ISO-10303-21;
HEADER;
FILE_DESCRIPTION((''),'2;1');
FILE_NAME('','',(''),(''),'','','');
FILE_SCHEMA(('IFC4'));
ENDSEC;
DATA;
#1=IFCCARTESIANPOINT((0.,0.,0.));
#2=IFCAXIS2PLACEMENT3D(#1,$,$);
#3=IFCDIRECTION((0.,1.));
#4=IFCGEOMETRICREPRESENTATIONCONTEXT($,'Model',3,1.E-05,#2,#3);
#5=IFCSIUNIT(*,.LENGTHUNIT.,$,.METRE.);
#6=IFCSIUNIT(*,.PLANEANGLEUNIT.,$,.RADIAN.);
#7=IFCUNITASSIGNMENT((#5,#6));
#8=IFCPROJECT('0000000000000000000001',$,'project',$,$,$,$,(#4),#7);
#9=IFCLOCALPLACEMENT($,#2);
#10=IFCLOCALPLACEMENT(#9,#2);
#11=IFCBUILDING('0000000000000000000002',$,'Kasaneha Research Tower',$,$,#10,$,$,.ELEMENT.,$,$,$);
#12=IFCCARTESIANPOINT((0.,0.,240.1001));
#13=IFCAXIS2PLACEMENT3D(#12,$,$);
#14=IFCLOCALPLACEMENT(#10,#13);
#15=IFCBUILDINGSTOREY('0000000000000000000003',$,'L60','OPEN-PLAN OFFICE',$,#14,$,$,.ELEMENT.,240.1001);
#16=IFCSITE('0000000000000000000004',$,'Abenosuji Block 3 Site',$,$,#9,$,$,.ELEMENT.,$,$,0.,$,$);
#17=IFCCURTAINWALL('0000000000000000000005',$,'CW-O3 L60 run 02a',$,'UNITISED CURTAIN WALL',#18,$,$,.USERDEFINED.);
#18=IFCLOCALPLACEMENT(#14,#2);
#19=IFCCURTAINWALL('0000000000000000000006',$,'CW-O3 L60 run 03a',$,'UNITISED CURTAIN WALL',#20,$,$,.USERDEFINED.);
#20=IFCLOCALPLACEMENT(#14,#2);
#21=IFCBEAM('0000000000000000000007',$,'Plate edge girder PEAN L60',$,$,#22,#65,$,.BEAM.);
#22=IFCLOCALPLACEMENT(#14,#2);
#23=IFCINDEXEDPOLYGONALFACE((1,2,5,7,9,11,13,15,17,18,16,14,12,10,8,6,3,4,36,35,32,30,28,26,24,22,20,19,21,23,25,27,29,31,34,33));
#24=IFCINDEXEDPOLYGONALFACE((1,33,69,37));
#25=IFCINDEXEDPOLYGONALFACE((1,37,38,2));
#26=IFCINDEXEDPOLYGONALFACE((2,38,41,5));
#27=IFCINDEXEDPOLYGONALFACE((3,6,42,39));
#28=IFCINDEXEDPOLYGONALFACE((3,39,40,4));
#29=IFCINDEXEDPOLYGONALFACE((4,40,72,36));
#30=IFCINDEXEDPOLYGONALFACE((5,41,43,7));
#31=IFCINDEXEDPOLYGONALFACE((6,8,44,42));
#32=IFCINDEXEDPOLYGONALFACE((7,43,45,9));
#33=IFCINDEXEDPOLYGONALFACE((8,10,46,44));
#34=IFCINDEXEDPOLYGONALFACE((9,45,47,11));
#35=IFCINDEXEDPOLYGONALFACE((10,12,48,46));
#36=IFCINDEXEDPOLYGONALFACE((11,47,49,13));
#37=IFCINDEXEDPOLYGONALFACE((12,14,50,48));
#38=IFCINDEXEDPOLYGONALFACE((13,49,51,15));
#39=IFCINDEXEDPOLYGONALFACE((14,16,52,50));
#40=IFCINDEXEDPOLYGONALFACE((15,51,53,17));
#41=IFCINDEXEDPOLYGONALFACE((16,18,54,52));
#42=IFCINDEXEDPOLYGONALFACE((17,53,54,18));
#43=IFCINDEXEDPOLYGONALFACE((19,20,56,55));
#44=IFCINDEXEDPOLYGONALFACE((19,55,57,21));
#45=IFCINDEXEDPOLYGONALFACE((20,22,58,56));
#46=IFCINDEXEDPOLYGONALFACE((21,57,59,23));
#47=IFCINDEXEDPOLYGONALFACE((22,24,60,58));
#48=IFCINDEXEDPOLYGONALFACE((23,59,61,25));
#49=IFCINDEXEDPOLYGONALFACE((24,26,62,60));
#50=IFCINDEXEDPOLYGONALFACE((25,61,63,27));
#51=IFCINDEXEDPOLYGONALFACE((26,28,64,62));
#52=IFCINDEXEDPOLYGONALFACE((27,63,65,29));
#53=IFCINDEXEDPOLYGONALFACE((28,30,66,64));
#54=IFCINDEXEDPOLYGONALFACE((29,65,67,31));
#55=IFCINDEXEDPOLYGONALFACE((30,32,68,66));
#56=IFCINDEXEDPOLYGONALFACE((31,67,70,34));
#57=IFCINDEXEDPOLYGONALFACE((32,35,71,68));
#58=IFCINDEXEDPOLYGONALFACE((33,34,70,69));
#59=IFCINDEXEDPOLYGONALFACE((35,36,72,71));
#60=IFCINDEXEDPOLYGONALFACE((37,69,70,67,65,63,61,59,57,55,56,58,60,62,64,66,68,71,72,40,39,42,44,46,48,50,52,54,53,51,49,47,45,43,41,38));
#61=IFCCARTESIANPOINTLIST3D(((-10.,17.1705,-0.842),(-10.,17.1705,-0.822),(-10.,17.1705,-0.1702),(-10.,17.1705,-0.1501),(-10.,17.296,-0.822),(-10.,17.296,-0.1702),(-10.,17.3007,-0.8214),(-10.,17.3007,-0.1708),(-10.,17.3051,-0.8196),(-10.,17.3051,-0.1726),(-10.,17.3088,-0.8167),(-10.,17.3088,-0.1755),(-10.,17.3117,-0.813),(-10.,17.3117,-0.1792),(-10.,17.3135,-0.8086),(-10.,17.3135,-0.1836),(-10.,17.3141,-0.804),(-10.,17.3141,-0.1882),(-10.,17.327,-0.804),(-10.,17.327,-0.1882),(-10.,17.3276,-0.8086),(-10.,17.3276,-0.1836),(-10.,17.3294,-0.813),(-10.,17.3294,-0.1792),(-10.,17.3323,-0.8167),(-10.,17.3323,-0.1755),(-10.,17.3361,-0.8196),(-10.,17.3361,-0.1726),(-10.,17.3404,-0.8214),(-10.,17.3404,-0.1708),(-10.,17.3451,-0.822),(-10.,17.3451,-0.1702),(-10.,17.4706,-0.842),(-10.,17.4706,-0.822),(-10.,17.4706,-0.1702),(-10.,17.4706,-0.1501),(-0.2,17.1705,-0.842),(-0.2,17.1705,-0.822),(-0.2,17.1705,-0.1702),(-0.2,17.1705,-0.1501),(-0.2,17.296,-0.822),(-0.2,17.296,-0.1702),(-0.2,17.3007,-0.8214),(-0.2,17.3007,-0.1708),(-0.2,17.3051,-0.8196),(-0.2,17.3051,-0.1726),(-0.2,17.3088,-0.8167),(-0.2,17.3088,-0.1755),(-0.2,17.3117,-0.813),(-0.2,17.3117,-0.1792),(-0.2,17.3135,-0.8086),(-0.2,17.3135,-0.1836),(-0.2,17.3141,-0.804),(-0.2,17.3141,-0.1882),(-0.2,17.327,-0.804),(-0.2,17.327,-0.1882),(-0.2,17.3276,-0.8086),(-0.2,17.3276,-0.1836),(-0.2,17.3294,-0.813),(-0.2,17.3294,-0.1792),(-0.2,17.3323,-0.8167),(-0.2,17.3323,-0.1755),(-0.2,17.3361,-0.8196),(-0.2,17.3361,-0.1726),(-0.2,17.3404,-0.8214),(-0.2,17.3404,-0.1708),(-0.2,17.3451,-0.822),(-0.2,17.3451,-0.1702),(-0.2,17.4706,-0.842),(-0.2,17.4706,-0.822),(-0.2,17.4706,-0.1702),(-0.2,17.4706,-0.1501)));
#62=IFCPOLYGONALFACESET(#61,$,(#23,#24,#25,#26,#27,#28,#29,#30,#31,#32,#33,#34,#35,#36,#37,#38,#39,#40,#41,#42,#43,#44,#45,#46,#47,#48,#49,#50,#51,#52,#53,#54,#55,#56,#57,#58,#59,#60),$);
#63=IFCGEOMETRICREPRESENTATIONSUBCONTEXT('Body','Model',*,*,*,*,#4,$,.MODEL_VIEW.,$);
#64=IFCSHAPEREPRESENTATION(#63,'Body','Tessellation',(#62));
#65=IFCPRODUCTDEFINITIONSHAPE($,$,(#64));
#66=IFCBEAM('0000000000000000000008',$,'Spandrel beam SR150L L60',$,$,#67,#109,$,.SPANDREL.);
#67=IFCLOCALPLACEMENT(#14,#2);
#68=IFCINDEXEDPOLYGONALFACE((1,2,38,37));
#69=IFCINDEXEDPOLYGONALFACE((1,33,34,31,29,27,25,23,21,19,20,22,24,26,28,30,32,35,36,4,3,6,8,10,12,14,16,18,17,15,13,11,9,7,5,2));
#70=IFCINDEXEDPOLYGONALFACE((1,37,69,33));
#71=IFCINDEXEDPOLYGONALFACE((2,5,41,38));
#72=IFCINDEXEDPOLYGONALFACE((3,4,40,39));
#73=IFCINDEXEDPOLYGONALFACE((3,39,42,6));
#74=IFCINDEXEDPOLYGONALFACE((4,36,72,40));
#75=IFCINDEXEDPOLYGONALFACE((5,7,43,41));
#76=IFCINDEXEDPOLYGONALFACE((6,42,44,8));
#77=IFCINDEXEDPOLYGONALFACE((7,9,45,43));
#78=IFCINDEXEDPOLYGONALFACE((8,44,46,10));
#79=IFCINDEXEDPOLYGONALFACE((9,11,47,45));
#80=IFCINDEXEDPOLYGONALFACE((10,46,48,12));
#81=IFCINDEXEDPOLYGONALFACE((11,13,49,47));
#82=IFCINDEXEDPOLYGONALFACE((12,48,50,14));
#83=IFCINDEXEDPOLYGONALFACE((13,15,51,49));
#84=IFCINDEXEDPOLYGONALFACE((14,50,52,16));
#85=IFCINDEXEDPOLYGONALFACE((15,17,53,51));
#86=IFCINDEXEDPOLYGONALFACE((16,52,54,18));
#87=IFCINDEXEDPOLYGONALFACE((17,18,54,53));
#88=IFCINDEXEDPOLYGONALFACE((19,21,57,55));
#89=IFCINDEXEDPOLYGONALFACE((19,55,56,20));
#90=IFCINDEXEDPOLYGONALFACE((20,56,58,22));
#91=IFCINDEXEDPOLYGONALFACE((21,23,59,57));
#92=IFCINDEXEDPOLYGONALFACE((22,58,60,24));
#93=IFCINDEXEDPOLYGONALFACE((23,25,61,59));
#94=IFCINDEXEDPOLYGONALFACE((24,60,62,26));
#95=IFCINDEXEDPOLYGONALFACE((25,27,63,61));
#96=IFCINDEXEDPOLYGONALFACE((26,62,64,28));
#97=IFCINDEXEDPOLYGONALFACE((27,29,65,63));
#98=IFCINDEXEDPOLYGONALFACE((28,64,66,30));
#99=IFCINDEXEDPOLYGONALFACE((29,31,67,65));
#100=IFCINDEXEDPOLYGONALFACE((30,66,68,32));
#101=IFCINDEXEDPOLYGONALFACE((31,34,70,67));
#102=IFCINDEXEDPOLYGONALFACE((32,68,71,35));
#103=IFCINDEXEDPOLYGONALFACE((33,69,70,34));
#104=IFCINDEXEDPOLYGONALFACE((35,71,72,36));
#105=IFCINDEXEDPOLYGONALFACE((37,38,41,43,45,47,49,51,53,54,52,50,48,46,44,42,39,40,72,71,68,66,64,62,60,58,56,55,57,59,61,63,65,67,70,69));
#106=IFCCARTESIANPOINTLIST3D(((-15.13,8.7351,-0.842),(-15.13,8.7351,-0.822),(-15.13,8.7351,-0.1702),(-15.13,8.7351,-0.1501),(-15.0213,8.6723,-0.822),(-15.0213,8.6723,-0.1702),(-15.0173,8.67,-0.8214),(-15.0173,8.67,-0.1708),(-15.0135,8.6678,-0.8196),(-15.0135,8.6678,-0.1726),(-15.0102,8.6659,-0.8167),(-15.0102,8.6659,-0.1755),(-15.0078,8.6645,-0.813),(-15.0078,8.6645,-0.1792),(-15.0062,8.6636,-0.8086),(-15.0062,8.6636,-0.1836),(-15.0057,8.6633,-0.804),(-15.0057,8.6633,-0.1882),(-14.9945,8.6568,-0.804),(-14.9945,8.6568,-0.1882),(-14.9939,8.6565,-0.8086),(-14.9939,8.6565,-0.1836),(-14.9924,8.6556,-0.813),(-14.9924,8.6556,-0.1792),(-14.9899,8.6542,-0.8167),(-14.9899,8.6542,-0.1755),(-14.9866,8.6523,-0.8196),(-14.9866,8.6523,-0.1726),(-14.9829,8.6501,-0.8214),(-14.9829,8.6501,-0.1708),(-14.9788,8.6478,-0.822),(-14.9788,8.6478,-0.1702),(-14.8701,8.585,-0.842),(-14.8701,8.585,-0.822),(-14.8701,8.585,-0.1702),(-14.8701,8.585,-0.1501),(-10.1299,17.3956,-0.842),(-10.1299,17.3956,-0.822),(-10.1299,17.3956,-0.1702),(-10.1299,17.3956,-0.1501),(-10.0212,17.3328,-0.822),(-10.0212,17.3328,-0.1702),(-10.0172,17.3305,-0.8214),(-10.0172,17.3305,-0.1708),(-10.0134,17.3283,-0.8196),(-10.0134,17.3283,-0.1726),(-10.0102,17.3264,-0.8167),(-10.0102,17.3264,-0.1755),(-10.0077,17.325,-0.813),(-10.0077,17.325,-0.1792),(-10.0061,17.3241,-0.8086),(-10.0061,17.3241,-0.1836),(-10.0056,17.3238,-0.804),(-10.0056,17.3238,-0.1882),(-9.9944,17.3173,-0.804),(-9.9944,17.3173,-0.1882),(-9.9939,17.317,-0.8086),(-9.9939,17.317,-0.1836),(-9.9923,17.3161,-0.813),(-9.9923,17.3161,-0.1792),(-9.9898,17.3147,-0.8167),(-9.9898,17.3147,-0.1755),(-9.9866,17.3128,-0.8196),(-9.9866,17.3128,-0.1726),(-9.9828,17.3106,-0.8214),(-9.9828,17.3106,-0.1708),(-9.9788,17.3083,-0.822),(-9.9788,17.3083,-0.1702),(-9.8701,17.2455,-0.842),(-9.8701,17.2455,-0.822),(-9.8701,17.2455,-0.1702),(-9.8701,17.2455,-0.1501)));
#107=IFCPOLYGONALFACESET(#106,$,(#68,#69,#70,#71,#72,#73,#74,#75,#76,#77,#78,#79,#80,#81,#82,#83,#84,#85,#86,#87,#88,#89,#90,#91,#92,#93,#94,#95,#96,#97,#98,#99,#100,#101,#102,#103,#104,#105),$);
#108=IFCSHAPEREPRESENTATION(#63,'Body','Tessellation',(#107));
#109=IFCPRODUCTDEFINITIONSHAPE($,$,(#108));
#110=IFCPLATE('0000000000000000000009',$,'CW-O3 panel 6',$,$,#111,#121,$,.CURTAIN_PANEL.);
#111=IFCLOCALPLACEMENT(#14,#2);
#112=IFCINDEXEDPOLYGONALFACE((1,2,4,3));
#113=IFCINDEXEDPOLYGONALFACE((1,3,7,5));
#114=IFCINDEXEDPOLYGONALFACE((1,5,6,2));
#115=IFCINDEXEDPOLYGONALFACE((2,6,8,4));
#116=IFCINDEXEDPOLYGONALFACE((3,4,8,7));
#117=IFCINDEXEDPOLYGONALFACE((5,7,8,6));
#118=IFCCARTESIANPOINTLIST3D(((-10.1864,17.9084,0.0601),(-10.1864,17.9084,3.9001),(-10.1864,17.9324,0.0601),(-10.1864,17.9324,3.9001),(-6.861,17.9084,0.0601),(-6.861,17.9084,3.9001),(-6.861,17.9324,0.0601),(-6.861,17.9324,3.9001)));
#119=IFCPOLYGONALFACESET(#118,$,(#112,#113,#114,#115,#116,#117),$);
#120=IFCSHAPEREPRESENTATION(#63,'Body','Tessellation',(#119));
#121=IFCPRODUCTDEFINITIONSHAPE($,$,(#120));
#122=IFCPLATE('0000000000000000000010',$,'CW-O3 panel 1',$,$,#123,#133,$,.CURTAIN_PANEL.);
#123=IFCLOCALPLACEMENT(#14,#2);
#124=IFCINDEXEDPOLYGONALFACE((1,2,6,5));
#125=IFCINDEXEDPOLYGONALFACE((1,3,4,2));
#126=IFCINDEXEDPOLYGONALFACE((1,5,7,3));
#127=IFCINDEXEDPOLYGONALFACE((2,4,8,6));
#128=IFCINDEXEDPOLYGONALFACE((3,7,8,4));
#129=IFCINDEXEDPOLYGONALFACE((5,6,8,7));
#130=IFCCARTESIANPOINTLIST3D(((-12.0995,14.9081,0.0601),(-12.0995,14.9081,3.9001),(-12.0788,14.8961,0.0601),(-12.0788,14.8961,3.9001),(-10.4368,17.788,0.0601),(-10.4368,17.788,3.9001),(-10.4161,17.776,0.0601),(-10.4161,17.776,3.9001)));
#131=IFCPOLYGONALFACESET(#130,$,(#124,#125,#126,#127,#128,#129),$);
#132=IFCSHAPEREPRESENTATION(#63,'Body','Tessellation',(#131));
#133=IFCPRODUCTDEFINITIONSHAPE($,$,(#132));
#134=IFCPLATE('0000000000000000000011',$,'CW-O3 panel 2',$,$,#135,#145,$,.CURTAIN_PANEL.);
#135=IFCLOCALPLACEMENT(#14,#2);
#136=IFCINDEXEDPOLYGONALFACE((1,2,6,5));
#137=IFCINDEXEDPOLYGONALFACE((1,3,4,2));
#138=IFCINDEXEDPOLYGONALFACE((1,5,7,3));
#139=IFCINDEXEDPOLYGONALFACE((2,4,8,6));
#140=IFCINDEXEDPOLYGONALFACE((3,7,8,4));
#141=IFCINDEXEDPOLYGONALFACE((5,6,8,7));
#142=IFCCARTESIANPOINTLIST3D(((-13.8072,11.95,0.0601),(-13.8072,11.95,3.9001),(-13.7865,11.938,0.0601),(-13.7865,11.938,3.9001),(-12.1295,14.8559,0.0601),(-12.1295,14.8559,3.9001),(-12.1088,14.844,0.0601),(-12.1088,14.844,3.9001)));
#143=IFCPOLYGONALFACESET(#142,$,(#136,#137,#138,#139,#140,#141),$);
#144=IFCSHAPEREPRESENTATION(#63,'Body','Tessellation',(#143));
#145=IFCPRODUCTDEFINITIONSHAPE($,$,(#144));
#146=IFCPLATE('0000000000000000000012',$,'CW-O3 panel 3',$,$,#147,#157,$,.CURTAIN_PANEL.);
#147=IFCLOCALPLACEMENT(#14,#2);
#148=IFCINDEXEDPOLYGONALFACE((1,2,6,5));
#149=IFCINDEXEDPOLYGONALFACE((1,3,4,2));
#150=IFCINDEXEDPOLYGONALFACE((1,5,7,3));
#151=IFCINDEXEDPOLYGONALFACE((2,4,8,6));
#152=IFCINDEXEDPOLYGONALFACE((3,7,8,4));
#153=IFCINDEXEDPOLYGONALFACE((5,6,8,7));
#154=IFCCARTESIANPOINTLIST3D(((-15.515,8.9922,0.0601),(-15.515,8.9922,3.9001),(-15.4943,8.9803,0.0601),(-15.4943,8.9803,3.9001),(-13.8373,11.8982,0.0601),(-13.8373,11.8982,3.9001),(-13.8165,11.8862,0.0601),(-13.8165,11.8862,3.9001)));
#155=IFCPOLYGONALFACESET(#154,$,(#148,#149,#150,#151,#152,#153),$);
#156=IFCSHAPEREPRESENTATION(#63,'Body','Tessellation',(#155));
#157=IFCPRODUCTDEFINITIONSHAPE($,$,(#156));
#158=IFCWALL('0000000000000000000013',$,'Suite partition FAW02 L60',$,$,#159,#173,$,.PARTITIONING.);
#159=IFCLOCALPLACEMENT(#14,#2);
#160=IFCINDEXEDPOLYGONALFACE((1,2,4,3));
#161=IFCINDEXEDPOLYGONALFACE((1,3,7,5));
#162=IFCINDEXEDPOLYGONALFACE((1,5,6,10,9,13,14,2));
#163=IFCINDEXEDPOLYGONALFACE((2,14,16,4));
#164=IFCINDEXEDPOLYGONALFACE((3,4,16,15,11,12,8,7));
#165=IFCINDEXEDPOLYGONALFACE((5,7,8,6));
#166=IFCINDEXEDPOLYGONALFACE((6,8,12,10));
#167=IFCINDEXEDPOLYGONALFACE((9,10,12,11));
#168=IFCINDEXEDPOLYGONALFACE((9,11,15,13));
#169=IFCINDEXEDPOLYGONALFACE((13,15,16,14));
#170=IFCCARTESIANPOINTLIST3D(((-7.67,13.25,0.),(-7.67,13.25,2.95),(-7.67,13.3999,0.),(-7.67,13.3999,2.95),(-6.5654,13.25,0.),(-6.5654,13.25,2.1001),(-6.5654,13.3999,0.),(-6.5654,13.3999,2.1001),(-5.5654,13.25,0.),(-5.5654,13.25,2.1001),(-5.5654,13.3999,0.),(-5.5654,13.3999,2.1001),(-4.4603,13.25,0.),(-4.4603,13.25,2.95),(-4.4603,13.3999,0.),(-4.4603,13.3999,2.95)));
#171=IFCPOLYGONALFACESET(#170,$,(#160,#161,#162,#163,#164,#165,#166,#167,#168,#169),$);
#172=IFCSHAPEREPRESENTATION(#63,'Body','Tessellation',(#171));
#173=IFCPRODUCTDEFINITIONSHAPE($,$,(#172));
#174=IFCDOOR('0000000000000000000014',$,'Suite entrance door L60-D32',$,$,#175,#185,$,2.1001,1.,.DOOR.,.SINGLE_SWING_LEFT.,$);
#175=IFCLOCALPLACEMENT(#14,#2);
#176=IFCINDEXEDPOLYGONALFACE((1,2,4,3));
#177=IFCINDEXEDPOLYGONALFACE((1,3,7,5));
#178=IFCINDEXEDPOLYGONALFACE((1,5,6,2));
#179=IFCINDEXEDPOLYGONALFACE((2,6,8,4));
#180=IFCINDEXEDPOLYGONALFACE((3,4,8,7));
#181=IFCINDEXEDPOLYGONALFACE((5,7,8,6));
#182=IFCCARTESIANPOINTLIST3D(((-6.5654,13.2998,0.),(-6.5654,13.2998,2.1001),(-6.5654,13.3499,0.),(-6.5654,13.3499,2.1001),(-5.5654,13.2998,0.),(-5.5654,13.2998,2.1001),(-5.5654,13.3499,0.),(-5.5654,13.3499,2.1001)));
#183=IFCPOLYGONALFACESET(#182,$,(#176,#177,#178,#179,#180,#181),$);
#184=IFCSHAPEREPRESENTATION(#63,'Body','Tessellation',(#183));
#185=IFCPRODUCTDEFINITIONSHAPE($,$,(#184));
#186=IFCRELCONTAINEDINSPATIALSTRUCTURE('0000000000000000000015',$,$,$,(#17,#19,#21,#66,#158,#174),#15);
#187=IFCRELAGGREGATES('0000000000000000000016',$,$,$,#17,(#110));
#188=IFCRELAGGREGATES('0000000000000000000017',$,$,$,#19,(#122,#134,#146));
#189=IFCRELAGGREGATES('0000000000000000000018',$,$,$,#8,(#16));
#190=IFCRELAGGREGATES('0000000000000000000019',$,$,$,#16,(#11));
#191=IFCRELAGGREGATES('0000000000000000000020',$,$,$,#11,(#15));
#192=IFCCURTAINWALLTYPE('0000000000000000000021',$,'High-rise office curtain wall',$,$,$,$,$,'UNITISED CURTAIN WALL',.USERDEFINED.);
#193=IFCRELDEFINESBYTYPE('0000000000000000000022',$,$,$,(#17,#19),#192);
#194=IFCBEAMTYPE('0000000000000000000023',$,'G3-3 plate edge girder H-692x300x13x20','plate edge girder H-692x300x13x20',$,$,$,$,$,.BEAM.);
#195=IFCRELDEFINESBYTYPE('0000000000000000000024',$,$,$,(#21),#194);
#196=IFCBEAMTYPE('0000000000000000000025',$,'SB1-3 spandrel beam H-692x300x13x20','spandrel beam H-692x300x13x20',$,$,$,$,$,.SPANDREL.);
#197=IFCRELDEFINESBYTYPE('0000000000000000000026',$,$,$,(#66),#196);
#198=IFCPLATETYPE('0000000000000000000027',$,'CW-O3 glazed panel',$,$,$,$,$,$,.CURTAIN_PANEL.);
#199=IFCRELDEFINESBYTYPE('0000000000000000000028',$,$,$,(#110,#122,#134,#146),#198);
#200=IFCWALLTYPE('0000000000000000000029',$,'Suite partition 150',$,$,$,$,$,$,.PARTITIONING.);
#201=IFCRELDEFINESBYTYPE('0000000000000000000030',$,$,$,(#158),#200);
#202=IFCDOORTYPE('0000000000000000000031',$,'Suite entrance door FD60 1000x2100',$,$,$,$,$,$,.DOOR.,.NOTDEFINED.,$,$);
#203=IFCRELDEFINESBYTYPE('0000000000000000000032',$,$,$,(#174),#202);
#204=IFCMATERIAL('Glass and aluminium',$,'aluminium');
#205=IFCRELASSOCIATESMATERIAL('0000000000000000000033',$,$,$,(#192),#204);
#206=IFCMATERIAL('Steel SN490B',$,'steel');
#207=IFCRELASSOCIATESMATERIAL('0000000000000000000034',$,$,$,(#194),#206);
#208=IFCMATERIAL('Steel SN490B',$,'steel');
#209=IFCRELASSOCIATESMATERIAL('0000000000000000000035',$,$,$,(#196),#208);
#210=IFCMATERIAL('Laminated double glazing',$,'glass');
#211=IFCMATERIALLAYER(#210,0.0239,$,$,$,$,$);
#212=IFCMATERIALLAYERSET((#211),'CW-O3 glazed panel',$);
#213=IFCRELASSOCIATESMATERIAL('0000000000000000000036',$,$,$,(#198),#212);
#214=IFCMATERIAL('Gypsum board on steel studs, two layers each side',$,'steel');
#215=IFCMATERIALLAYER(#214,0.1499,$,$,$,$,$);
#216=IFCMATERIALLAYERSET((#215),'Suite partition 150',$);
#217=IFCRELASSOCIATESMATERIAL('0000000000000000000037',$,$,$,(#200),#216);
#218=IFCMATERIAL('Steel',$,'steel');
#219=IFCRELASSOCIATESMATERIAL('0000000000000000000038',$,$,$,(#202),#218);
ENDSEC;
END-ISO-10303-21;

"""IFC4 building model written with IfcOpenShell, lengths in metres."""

from ifc_helpers import new_model, si_unit, direction, frame, frame_2d, origin, origin_2d, place, context, subcontext, project, spatial, rectangle, i_section, extrude, material, layer, layer_set, material_profile, profile_set, type_object, element, fill, aggregate, save


model = new_model("IFC4")

# Units and contexts
model_context = context("Model", 3, precision=1e-05, world=origin(), true_north=direction((0.0, 1.0)))
body_context = subcontext(model_context, "Body", "Model", "MODEL_VIEW")
ifc_project = project(units=[si_unit("LENGTHUNIT", "METRE"), si_unit("PLANEANGLEUNIT", "RADIAN")], contexts=[model_context])

# Site, building, storey
site_placement = place(None, origin())
site = spatial("IfcSite", under=ifc_project, at=site_placement, Name="Abenosuji Block 3 Site", CompositionType="ELEMENT", RefElevation=0.0)
building_placement = place(site_placement, origin())
building = spatial("IfcBuilding", under=site, at=building_placement, Name="Kasaneha Research Tower", CompositionType="ELEMENT")
storey_placement = place(building_placement, frame((0.0, 0.0, 240.1001)))
storey = spatial("IfcBuildingStorey", under=building, at=storey_placement, Name="L60", Description="OPEN-PLAN OFFICE", CompositionType="ELEMENT", Elevation=240.1001)

# Curtain walls
ifc_material_1 = material(Name="Glass and aluminium", Category="aluminium")
curtain_wall_type = type_object("IfcCurtainWallType", Name="High-rise office curtain wall", ElementType="UNITISED CURTAIN WALL", PredefinedType="USERDEFINED", material=ifc_material_1)
curtain_wall_1_placement = place(storey_placement, origin())
curtain_wall_1 = element("IfcCurtainWall", 1, at=curtain_wall_1_placement, inside=storey, type_object=curtain_wall_type, Name="CW-O3 L60 run 02a", ObjectType="UNITISED CURTAIN WALL", PredefinedType="USERDEFINED")
curtain_wall_2_placement = place(storey_placement, origin())
curtain_wall_2 = element("IfcCurtainWall", 2, at=curtain_wall_2_placement, inside=storey, type_object=curtain_wall_type, Name="CW-O3 L60 run 03a", ObjectType="UNITISED CURTAIN WALL", PredefinedType="USERDEFINED")

# Beams
ifc_material_2 = material(Name="Steel SN490B", Category="steel")
ifc_material_profile_1 = material_profile(ifc_material_2, i_section(OverallWidth=0.3, OverallDepth=0.6919, WebThickness=0.0129, FlangeThickness=0.02, FilletRadius=0.0181, at=origin_2d()), Name="H-692x300x13x20")
ifc_profile_set_1 = profile_set([ifc_material_profile_1], Name="Steel SN490B")
beam_type_1 = type_object("IfcBeamType", Name="G3-3 plate edge girder H-692x300x13x20", Description="plate edge girder H-692x300x13x20", PredefinedType="BEAM", material=ifc_profile_set_1)
beam_1_placement = place(storey_placement, frame((-10.0, 17.3206, -0.4961), z_axis=(1.0, 0.0, 0.0), x_axis=(0.0, 1.0, 0.0)))
element("IfcBeam", 3, at=beam_1_placement, inside=storey, type_object=beam_type_1, Name="Plate edge girder PEAN L60", PredefinedType="BEAM", context=body_context, shape_type="SweptSolid", body=[
    extrude(i_section(OverallWidth=0.3, OverallDepth=0.6919, WebThickness=0.0129, FlangeThickness=0.02, FilletRadius=0.0181, at=origin_2d()), origin(), (0.0, 0.0, 1.0), 9.8),
])
ifc_material_3 = material(Name="Steel SN490B", Category="steel")
ifc_material_profile_2 = material_profile(ifc_material_3, i_section(OverallWidth=0.3, OverallDepth=0.6919, WebThickness=0.0129, FlangeThickness=0.02, FilletRadius=0.0181, at=origin_2d()), Name="H-692x300x13x20")
ifc_profile_set_2 = profile_set([ifc_material_profile_2], Name="Steel SN490B")
beam_type_2 = type_object("IfcBeamType", Name="SB1-3 spandrel beam H-692x300x13x20", Description="spandrel beam H-692x300x13x20", PredefinedType="SPANDREL", material=ifc_profile_set_2)
beam_2_placement = place(storey_placement, frame((-10.0, 17.3206, -0.4961), z_axis=(-0.499994, -0.866029, 0.0), x_axis=(0.866029, -0.499994, 0.0)))
element("IfcBeam", 4, at=beam_2_placement, inside=storey, type_object=beam_type_2, Name="Spandrel beam SR150L L60", PredefinedType="SPANDREL", context=body_context, shape_type="SweptSolid", body=[
    extrude(i_section(OverallWidth=0.3, OverallDepth=0.6919, WebThickness=0.0129, FlangeThickness=0.02, FilletRadius=0.0181, at=origin_2d()), origin(), (0.0, 0.0, 1.0), 10.0002),
])

# Plates
ifc_material_4 = material(Name="Laminated double glazing", Category="glass")
ifc_layer_1 = layer(ifc_material_4, 0.0239)
ifc_layer_set_1 = layer_set([ifc_layer_1], Name="CW-O3 glazed panel")
plate_type = type_object("IfcPlateType", Name="CW-O3 glazed panel", PredefinedType="CURTAIN_PANEL", material=ifc_layer_set_1)
plate_1_placement = place(storey_placement, frame((-8.5237, 17.9204, 0.0601), z_axis=(0.0, 0.0, 1.0), x_axis=(-1.0, 0.0, 0.0)))
plate_1 = element("IfcPlate", 5, at=plate_1_placement, type_object=plate_type, Name="CW-O3 panel 6", PredefinedType="CURTAIN_PANEL", context=body_context, shape_type="SweptSolid", body=[
    extrude(rectangle(XDim=3.3254, YDim=0.0239, at=origin_2d()), origin(), (0.0, 0.0, 1.0), 3.8401),
])
aggregate(curtain_wall_1, [plate_1])
plate_2_placement = place(storey_placement, frame((-11.2578, 16.342, 0.0601), z_axis=(0.0, 0.0, 1.0), x_axis=(-0.5, -0.866025, 0.0)))
plate_2 = element("IfcPlate", 6, at=plate_2_placement, type_object=plate_type, Name="CW-O3 panel 1", PredefinedType="CURTAIN_PANEL", context=body_context, shape_type="SweptSolid", body=[
    extrude(rectangle(XDim=3.3254, YDim=0.0239, at=origin_2d()), origin(), (0.0, 0.0, 1.0), 3.8401),
])
plate_3_placement = place(storey_placement, frame((-12.958, 13.397, 0.0601), z_axis=(0.0, 0.0, 1.0), x_axis=(-0.5, -0.866025, 0.0)))
plate_3 = element("IfcPlate", 7, at=plate_3_placement, type_object=plate_type, Name="CW-O3 panel 2", PredefinedType="CURTAIN_PANEL", context=body_context, shape_type="SweptSolid", body=[
    extrude(rectangle(XDim=3.3555, YDim=0.0239, at=origin_2d()), origin(), (0.0, 0.0, 1.0), 3.8401),
])
plate_4_placement = place(storey_placement, frame((-14.6658, 10.4392, 0.0601), z_axis=(0.0, 0.0, 1.0), x_axis=(-0.5, -0.866025, 0.0)))
plate_4 = element("IfcPlate", 8, at=plate_4_placement, type_object=plate_type, Name="CW-O3 panel 3", PredefinedType="CURTAIN_PANEL", context=body_context, shape_type="SweptSolid", body=[
    extrude(rectangle(XDim=3.3555, YDim=0.0239, at=origin_2d()), origin(), (0.0, 0.0, 1.0), 3.8401),
])
aggregate(curtain_wall_2, [plate_2, plate_3, plate_4])

# Wall, opening, door
ifc_material_5 = material(Name="Gypsum board on steel studs, two layers each side", Category="steel")
ifc_layer_2 = layer(ifc_material_5, 0.1499)
ifc_layer_set_2 = layer_set([ifc_layer_2], Name="Suite partition 150")
wall_type = type_object("IfcWallType", Name="Suite partition 150", PredefinedType="PARTITIONING", material=ifc_layer_set_2)
wall_placement = place(storey_placement, frame((-7.6702, 13.325, 0.0), z_axis=(0.0, 0.0, 1.0), x_axis=(1.0, 0.0, 0.0)))
wall = element("IfcWall", 9, at=wall_placement, inside=storey, type_object=wall_type, Name="Suite partition FAW02 L60", PredefinedType="PARTITIONING", context=body_context, shape_type="SweptSolid", body=[
    extrude(rectangle(XDim=3.2097, YDim=0.1499, at=frame_2d((1.605, 0.0))), origin(), (0.0, 0.0, 1.0), 2.95),
])
opening_placement = place(wall_placement, frame((1.1047, 0.0, 0.0)))
opening = element("IfcOpeningElement", 10, at=opening_placement, cuts=wall, PredefinedType="OPENING", context=body_context, shape_type="SweptSolid", body=[
    extrude(rectangle(XDim=1.0, YDim=2.1001, at=frame_2d((0.5, 1.05))), frame((0.0, 0.085, 0.0), z_axis=(0.0, -1.0, 0.0), x_axis=(1.0, 0.0, 0.0)), (0.0, 0.0, 1.0), 0.1699),
])
ifc_material_6 = material(Name="Steel", Category="steel")
door_type = type_object("IfcDoorType", Name="Suite entrance door FD60 1000x2100", OperationType="NOTDEFINED", PredefinedType="DOOR", material=ifc_material_6)
door_placement = place(opening_placement, origin())
door = element("IfcDoor", 11, at=door_placement, inside=storey, type_object=door_type, Name="Suite entrance door L60-D32", OperationType="SINGLE_SWING_LEFT", OverallHeight=2.1001, OverallWidth=1.0, PredefinedType="DOOR", context=body_context, shape_type="SweptSolid", body=[
    extrude(rectangle(XDim=1.0, YDim=2.1001, at=frame_2d((0.5, 1.05))), frame((0.0, 0.0249, 0.0), z_axis=(0.0, -1.0, 0.0), x_axis=(1.0, 0.0, 0.0)), (0.0, 0.0, 1.0), 0.05),
])
fill(opening, door)

save(model, "model.ifc")
